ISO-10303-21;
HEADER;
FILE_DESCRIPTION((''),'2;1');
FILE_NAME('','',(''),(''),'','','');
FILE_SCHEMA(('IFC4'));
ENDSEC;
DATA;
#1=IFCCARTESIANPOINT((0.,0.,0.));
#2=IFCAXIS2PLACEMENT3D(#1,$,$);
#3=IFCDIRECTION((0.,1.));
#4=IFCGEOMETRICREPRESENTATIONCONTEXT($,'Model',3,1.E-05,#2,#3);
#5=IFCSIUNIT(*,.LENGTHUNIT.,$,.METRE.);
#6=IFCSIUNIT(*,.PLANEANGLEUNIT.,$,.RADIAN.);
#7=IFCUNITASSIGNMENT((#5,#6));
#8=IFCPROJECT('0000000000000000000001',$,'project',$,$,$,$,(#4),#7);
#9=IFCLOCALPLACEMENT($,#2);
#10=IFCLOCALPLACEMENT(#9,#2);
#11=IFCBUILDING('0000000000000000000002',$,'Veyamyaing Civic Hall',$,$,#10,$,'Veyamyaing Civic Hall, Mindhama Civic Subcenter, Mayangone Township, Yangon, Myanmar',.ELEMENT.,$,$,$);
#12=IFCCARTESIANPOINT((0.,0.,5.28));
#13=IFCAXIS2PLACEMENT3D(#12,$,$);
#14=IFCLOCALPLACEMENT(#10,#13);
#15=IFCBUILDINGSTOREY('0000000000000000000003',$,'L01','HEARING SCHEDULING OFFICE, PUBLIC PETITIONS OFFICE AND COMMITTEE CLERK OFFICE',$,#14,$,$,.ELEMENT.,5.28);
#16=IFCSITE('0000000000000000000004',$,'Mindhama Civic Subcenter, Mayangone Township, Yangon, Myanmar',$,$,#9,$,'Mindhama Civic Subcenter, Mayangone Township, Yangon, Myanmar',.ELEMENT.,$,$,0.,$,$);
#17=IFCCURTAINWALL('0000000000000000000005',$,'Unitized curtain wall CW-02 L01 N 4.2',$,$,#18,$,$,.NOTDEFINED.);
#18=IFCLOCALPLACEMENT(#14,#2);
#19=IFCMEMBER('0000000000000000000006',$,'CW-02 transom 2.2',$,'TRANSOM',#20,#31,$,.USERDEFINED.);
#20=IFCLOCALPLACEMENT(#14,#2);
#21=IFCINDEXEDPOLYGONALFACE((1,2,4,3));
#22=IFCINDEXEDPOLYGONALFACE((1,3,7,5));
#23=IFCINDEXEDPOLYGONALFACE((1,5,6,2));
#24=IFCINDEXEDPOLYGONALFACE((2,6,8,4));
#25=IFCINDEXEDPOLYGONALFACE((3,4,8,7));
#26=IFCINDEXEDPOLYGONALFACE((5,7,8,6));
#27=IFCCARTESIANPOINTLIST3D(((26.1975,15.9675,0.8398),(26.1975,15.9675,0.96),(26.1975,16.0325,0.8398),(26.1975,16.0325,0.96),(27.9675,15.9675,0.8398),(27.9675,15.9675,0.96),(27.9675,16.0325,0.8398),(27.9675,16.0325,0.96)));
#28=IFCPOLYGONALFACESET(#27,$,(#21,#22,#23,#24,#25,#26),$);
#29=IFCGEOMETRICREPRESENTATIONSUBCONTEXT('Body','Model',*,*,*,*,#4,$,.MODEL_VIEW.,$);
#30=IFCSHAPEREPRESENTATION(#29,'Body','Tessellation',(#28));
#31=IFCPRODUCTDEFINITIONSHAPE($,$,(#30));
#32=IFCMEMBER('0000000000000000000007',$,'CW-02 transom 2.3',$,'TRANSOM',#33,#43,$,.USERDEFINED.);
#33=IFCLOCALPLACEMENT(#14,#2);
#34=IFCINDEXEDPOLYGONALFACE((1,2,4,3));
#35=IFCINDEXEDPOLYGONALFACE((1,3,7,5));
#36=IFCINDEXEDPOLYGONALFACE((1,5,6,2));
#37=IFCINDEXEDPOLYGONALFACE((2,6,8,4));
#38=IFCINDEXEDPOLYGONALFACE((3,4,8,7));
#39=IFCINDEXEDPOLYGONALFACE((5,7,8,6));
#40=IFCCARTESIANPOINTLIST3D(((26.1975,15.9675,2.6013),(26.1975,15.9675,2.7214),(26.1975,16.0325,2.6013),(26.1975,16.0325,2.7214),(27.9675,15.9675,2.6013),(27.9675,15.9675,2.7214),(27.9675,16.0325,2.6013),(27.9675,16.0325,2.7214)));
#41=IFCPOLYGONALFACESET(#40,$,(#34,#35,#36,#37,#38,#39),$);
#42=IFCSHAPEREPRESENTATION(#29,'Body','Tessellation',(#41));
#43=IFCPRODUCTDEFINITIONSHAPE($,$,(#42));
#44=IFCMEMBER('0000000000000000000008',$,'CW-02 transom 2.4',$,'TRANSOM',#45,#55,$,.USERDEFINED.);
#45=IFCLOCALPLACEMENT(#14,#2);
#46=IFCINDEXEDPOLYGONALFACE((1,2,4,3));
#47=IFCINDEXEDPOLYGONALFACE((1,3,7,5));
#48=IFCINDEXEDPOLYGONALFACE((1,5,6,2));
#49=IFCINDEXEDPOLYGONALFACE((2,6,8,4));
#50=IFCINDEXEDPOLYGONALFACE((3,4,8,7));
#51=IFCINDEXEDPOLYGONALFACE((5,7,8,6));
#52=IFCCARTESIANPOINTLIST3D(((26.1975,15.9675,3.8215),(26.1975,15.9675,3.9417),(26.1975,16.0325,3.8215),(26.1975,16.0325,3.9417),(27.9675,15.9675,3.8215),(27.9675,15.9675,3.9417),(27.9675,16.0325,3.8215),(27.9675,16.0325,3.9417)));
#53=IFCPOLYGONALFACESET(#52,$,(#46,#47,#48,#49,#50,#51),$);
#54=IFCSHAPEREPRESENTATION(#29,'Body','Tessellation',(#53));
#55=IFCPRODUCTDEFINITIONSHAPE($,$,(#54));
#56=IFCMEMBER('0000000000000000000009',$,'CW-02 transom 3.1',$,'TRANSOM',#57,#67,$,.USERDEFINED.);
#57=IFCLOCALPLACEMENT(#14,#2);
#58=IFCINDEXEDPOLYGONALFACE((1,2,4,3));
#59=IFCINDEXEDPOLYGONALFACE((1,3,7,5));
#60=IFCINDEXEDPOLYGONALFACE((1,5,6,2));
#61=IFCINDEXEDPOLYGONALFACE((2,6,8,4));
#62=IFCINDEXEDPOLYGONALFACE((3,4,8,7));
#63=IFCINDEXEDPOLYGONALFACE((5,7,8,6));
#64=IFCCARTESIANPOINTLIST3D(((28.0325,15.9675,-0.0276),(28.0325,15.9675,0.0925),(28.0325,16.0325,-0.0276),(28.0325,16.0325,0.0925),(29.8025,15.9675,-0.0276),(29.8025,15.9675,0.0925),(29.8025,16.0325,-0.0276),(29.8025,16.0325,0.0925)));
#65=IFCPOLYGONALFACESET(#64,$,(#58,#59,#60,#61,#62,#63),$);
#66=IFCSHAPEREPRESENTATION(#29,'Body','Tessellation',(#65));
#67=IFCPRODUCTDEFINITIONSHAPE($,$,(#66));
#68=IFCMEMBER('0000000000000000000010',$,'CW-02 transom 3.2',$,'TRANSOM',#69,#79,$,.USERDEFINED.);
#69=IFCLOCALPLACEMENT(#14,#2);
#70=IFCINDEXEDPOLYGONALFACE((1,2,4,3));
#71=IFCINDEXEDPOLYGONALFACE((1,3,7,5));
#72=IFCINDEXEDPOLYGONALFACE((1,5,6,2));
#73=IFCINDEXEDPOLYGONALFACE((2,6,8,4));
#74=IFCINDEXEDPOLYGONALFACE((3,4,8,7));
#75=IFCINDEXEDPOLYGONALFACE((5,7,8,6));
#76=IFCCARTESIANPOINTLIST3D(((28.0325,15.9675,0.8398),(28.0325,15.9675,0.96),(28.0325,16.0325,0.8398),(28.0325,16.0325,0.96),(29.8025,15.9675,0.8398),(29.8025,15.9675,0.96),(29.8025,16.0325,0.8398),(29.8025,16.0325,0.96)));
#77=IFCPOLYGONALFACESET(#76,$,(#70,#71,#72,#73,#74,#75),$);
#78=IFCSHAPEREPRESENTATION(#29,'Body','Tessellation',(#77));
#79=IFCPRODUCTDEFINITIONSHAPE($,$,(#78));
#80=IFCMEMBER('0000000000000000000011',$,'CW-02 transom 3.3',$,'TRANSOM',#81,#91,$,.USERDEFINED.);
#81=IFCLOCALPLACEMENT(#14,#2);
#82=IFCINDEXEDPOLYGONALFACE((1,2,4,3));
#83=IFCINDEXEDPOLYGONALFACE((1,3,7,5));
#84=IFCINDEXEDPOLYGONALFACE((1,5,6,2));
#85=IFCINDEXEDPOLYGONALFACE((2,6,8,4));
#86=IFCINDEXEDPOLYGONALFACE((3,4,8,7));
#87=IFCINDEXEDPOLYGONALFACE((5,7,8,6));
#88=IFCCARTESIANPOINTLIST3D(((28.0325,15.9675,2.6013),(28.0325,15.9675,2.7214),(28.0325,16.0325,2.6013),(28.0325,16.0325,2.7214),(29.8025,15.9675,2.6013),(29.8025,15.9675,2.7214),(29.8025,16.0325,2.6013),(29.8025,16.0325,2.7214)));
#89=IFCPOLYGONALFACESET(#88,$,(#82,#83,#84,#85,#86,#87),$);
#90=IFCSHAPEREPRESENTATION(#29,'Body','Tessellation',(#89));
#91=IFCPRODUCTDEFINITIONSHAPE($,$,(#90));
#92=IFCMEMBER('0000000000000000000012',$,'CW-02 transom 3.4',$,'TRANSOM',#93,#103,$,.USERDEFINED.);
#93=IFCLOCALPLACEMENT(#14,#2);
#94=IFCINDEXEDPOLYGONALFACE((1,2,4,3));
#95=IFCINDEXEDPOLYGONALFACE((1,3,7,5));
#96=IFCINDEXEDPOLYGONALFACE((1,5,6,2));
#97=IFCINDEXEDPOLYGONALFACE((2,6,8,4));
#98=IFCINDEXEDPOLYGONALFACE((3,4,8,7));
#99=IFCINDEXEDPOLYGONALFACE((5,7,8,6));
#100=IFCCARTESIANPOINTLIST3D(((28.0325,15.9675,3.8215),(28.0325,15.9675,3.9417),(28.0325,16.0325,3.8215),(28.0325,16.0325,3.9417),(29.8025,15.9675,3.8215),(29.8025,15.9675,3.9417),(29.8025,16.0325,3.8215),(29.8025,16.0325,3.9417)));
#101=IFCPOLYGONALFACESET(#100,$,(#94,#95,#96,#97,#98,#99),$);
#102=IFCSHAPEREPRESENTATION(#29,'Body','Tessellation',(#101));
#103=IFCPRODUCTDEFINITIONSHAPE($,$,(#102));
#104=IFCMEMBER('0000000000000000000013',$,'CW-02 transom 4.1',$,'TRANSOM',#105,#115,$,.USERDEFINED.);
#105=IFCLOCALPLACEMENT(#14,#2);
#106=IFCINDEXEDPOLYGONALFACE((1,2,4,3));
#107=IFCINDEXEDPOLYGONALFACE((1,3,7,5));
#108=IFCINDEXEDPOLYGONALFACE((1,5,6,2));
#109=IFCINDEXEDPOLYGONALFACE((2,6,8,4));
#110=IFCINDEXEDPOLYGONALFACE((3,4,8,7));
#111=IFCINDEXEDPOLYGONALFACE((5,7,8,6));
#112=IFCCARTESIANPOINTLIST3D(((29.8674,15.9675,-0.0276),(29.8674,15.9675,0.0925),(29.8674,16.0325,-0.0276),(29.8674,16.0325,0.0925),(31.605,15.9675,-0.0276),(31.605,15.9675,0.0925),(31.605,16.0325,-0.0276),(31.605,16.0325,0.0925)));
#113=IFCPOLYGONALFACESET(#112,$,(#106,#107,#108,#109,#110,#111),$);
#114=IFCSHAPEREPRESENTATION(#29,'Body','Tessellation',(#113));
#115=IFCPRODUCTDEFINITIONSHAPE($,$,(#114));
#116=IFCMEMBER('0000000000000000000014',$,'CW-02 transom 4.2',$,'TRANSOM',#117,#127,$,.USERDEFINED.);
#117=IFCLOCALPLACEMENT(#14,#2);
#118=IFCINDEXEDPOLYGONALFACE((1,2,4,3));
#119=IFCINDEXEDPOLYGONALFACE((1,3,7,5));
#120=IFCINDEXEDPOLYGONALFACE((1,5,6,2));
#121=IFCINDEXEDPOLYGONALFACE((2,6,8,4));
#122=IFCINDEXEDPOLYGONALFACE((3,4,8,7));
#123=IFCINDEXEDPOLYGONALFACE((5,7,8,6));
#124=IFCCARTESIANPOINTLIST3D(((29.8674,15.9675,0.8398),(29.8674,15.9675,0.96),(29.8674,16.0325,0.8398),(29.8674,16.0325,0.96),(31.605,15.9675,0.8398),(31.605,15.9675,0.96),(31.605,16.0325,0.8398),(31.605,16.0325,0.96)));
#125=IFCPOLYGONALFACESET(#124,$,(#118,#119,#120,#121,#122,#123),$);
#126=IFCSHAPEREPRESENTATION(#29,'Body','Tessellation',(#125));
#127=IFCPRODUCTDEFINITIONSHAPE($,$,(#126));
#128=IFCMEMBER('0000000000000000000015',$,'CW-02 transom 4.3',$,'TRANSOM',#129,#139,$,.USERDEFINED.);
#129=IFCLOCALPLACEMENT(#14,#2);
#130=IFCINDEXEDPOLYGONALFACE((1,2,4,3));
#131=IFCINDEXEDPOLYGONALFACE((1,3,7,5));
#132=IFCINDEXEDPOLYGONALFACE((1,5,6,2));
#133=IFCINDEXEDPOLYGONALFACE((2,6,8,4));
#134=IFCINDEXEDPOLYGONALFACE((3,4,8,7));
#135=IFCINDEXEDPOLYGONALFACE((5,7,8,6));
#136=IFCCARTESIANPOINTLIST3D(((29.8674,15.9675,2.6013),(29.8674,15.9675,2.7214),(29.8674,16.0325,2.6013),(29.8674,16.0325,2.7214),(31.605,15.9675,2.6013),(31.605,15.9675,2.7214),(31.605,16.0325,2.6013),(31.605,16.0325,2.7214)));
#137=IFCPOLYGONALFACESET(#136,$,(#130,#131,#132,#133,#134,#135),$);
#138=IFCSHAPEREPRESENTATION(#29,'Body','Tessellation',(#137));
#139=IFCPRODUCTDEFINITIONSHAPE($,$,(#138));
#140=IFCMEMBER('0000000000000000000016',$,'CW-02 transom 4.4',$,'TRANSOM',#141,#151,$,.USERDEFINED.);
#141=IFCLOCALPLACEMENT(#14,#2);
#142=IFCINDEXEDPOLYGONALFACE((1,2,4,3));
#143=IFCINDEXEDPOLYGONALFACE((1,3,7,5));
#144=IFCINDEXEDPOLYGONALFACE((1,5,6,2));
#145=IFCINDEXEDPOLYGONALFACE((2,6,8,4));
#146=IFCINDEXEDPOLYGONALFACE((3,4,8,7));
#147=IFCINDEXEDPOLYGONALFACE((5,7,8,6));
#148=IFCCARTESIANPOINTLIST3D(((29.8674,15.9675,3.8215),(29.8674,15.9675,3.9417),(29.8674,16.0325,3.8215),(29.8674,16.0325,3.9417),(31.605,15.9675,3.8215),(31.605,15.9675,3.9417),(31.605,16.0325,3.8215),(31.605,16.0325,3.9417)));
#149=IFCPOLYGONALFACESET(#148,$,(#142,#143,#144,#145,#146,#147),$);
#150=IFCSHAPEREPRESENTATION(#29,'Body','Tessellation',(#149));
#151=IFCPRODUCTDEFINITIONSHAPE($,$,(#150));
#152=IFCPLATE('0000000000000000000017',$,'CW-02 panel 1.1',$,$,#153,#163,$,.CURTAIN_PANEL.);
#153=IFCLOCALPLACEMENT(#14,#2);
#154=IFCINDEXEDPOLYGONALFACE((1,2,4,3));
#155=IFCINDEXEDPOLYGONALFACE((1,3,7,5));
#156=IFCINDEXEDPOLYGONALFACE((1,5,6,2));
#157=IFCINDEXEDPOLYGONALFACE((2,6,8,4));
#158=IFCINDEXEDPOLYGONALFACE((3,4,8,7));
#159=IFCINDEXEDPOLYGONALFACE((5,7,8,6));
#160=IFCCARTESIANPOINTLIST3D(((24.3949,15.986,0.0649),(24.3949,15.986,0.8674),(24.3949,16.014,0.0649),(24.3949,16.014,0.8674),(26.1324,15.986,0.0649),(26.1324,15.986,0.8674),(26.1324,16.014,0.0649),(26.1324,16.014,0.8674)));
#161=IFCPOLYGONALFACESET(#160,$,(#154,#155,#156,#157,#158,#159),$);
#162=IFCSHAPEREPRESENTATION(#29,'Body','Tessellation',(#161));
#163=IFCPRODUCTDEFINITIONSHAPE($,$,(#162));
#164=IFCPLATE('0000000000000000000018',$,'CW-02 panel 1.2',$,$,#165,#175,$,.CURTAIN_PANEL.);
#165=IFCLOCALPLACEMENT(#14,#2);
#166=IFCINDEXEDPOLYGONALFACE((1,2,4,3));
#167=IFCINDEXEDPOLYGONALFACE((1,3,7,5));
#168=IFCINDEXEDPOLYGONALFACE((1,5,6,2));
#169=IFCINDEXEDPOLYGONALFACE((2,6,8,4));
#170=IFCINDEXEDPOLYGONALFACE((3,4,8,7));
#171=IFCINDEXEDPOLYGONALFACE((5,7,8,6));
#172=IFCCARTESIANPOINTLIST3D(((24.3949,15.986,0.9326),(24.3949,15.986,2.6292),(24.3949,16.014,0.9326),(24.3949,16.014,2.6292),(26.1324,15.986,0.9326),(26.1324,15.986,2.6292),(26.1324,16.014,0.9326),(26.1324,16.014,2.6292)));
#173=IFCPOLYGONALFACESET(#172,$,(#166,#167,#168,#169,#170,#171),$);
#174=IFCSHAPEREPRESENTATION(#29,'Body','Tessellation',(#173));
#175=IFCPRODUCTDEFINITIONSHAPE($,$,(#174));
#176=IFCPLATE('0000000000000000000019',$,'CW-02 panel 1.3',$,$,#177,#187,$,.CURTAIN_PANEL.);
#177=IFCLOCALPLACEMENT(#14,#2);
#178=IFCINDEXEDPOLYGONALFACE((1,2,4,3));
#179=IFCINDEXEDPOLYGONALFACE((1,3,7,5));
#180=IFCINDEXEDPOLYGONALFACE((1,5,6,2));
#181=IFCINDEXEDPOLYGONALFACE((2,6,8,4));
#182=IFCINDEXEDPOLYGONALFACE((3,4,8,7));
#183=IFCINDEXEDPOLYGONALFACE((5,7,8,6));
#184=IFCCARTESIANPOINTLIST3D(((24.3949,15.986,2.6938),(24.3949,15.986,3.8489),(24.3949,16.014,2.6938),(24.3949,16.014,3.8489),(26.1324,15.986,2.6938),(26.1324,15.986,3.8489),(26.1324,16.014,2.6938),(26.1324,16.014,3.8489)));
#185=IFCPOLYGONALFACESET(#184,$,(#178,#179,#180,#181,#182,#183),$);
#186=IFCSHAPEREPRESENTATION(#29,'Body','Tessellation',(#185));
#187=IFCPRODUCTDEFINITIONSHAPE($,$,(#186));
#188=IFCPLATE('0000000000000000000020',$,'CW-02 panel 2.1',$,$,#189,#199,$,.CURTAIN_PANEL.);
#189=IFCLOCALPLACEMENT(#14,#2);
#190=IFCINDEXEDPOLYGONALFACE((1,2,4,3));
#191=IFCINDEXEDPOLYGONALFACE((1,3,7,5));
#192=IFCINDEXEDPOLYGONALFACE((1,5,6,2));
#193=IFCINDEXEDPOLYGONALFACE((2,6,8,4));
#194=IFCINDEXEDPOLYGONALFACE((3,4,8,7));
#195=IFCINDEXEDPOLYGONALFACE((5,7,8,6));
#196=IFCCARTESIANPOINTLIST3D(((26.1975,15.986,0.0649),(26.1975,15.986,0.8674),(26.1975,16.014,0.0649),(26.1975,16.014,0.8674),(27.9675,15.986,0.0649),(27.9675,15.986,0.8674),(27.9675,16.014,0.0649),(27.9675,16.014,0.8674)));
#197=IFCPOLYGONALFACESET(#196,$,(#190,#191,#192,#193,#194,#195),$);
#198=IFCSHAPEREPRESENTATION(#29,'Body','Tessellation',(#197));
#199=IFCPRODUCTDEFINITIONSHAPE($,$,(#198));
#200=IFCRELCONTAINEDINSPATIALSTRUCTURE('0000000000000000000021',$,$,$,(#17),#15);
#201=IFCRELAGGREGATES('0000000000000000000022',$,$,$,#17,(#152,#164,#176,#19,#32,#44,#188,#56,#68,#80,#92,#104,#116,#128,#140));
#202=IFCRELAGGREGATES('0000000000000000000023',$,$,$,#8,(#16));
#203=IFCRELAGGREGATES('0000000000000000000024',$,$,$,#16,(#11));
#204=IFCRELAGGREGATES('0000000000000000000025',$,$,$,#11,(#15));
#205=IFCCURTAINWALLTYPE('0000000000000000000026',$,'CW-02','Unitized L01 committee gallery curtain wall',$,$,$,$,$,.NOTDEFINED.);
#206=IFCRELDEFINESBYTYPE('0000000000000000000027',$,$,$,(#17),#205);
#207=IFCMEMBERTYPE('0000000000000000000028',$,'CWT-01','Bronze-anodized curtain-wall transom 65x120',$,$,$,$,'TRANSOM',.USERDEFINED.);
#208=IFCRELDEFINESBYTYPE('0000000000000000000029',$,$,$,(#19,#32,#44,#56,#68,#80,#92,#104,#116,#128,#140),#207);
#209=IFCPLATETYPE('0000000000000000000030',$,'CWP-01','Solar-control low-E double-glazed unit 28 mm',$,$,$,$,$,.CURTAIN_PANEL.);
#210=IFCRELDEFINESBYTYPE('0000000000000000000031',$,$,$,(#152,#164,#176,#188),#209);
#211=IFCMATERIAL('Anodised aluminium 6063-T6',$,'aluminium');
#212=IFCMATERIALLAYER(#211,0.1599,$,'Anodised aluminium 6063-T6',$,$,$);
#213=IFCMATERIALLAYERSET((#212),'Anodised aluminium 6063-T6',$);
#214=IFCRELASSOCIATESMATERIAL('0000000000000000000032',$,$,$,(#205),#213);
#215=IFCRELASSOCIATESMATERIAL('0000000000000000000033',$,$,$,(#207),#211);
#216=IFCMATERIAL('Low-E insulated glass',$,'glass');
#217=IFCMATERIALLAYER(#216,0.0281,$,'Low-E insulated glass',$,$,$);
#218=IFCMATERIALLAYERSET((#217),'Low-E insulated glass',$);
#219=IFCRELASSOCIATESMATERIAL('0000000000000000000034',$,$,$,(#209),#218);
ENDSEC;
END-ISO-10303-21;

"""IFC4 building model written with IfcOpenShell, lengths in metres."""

from ifc_helpers import new_model, si_unit, direction, frame, origin, origin_2d, place, context, subcontext, project, spatial, rectangle, extrude, material, layer, layer_set, material_profile, profile_set, type_object, element, aggregate, save


model = new_model("IFC4")

# Units and contexts
model_context = context("Model", 3, precision=1e-05, world=origin(), true_north=direction((0.0, 1.0)))
body_context = subcontext(model_context, "Body", "Model", "MODEL_VIEW")
ifc_project = project(units=[si_unit("LENGTHUNIT", "METRE"), si_unit("PLANEANGLEUNIT", "RADIAN")], contexts=[model_context])

# Site, building, storey
site_placement = place(None, origin())
site = spatial("IfcSite", under=ifc_project, at=site_placement, Name="Mindhama Civic Subcenter, Mayangone Township, Yangon, Myanmar", LongName="Mindhama Civic Subcenter, Mayangone Township, Yangon, Myanmar", CompositionType="ELEMENT", RefElevation=0.0)
building_placement = place(site_placement, origin())
building = spatial("IfcBuilding", under=site, at=building_placement, Name="Veyamyaing Civic Hall", LongName="Veyamyaing Civic Hall, Mindhama Civic Subcenter, Mayangone Township, Yangon, Myanmar", CompositionType="ELEMENT")
storey_placement = place(building_placement, frame((0.0, 0.0, 5.28)))
storey = spatial("IfcBuildingStorey", under=building, at=storey_placement, Name="L01", Description="HEARING SCHEDULING OFFICE, PUBLIC PETITIONS OFFICE AND COMMITTEE CLERK OFFICE", CompositionType="ELEMENT", Elevation=5.28)

# Curtain wall, members, plates
ifc_material_1 = material(Name="Anodised aluminium 6063-T6", Category="aluminium")
ifc_layer_1 = layer(ifc_material_1, 0.1599, Name="Anodised aluminium 6063-T6")
ifc_layer_set_1 = layer_set([ifc_layer_1], Name="Anodised aluminium 6063-T6")
curtain_wall_type = type_object("IfcCurtainWallType", Name="CW-02", Description="Unitized L01 committee gallery curtain wall", PredefinedType="NOTDEFINED", material=ifc_layer_set_1)
curtain_wall_placement = place(storey_placement, origin())
curtain_wall = element("IfcCurtainWall", 1, at=curtain_wall_placement, inside=storey, type_object=curtain_wall_type, Name="Unitized curtain wall CW-02 L01 N 4.2", PredefinedType="NOTDEFINED")
ifc_material_profile_1 = material_profile(ifc_material_1, rectangle(XDim=0.0649, YDim=0.1201, at=origin_2d()), Name="ALU-TRN-65X120")
ifc_profile_set_1 = profile_set([ifc_material_profile_1], Name="Anodised aluminium 6063-T6")
member_type_1 = type_object("IfcMemberType", Name="CWT-01", Description="Bronze-anodized curtain-wall transom 65x120", ElementType="TRANSOM", PredefinedType="USERDEFINED", material=ifc_profile_set_1)
member_1_placement = place(storey_placement, frame((26.1975, 16.0, 0.8999), z_axis=(1.0, 0.0, 0.0), x_axis=(0.0, 1.0, 0.0)))
member_1 = element("IfcMember", 2, at=member_1_placement, type_object=member_type_1, Name="CW-02 transom 2.2", ObjectType="TRANSOM", PredefinedType="USERDEFINED", context=body_context, shape_type="SweptSolid", body=[
    extrude(rectangle(XDim=0.0649, YDim=0.1201, at=origin_2d()), origin(), (0.0, 0.0, 1.0), 1.77),
])
member_2_placement = place(storey_placement, frame((26.1975, 16.0, 2.6614), z_axis=(1.0, 0.0, 0.0), x_axis=(0.0, 1.0, 0.0)))
member_2 = element("IfcMember", 3, at=member_2_placement, type_object=member_type_1, Name="CW-02 transom 2.3", ObjectType="TRANSOM", PredefinedType="USERDEFINED", context=body_context, shape_type="SweptSolid", body=[
    extrude(rectangle(XDim=0.0649, YDim=0.1201, at=origin_2d()), origin(), (0.0, 0.0, 1.0), 1.77),
])
member_3_placement = place(storey_placement, frame((26.1975, 16.0, 3.8816), z_axis=(1.0, 0.0, 0.0), x_axis=(0.0, 1.0, 0.0)))
member_3 = element("IfcMember", 4, at=member_3_placement, type_object=member_type_1, Name="CW-02 transom 2.4", ObjectType="TRANSOM", PredefinedType="USERDEFINED", context=body_context, shape_type="SweptSolid", body=[
    extrude(rectangle(XDim=0.0649, YDim=0.1201, at=origin_2d()), origin(), (0.0, 0.0, 1.0), 1.77),
])
member_4_placement = place(storey_placement, frame((28.0325, 16.0, 0.0325), z_axis=(1.0, 0.0, 0.0), x_axis=(0.0, 1.0, 0.0)))
member_4 = element("IfcMember", 5, at=member_4_placement, type_object=member_type_1, Name="CW-02 transom 3.1", ObjectType="TRANSOM", PredefinedType="USERDEFINED", context=body_context, shape_type="SweptSolid", body=[
    extrude(rectangle(XDim=0.0649, YDim=0.1201, at=origin_2d()), origin(), (0.0, 0.0, 1.0), 1.77),
])
member_5_placement = place(storey_placement, frame((28.0325, 16.0, 0.8999), z_axis=(1.0, 0.0, 0.0), x_axis=(0.0, 1.0, 0.0)))
member_5 = element("IfcMember", 6, at=member_5_placement, type_object=member_type_1, Name="CW-02 transom 3.2", ObjectType="TRANSOM", PredefinedType="USERDEFINED", context=body_context, shape_type="SweptSolid", body=[
    extrude(rectangle(XDim=0.0649, YDim=0.1201, at=origin_2d()), origin(), (0.0, 0.0, 1.0), 1.77),
])
member_6_placement = place(storey_placement, frame((28.0325, 16.0, 2.6614), z_axis=(1.0, 0.0, 0.0), x_axis=(0.0, 1.0, 0.0)))
member_6 = element("IfcMember", 7, at=member_6_placement, type_object=member_type_1, Name="CW-02 transom 3.3", ObjectType="TRANSOM", PredefinedType="USERDEFINED", context=body_context, shape_type="SweptSolid", body=[
    extrude(rectangle(XDim=0.0649, YDim=0.1201, at=origin_2d()), origin(), (0.0, 0.0, 1.0), 1.77),
])
member_7_placement = place(storey_placement, frame((28.0325, 16.0, 3.8816), z_axis=(1.0, 0.0, 0.0), x_axis=(0.0, 1.0, 0.0)))
member_7 = element("IfcMember", 8, at=member_7_placement, type_object=member_type_1, Name="CW-02 transom 3.4", ObjectType="TRANSOM", PredefinedType="USERDEFINED", context=body_context, shape_type="SweptSolid", body=[
    extrude(rectangle(XDim=0.0649, YDim=0.1201, at=origin_2d()), origin(), (0.0, 0.0, 1.0), 1.77),
])
member_8_placement = place(storey_placement, frame((29.8674, 16.0, 0.0325), z_axis=(1.0, 0.0, 0.0), x_axis=(0.0, 1.0, 0.0)))
member_8 = element("IfcMember", 9, at=member_8_placement, type_object=member_type_1, Name="CW-02 transom 4.1", ObjectType="TRANSOM", PredefinedType="USERDEFINED", context=body_context, shape_type="SweptSolid", body=[
    extrude(rectangle(XDim=0.0649, YDim=0.1201, at=origin_2d()), origin(), (0.0, 0.0, 1.0), 1.7375),
])
member_9_placement = place(storey_placement, frame((29.8674, 16.0, 0.8999), z_axis=(1.0, 0.0, 0.0), x_axis=(0.0, 1.0, 0.0)))
member_9 = element("IfcMember", 10, at=member_9_placement, type_object=member_type_1, Name="CW-02 transom 4.2", ObjectType="TRANSOM", PredefinedType="USERDEFINED", context=body_context, shape_type="SweptSolid", body=[
    extrude(rectangle(XDim=0.0649, YDim=0.1201, at=origin_2d()), origin(), (0.0, 0.0, 1.0), 1.7375),
])
member_10_placement = place(storey_placement, frame((29.8674, 16.0, 2.6614), z_axis=(1.0, 0.0, 0.0), x_axis=(0.0, 1.0, 0.0)))
member_10 = element("IfcMember", 11, at=member_10_placement, type_object=member_type_1, Name="CW-02 transom 4.3", ObjectType="TRANSOM", PredefinedType="USERDEFINED", context=body_context, shape_type="SweptSolid", body=[
    extrude(rectangle(XDim=0.0649, YDim=0.1201, at=origin_2d()), origin(), (0.0, 0.0, 1.0), 1.7375),
])
member_11_placement = place(storey_placement, frame((29.8674, 16.0, 3.8816), z_axis=(1.0, 0.0, 0.0), x_axis=(0.0, 1.0, 0.0)))
member_11 = element("IfcMember", 12, at=member_11_placement, type_object=member_type_1, Name="CW-02 transom 4.4", ObjectType="TRANSOM", PredefinedType="USERDEFINED", context=body_context, shape_type="SweptSolid", body=[
    extrude(rectangle(XDim=0.0649, YDim=0.1201, at=origin_2d()), origin(), (0.0, 0.0, 1.0), 1.7375),
])
ifc_material_2 = material(Name="Low-E insulated glass", Category="glass")
ifc_layer_2 = layer(ifc_material_2, 0.0281, Name="Low-E insulated glass")
ifc_layer_set_2 = layer_set([ifc_layer_2], Name="Low-E insulated glass")
plate_type = type_object("IfcPlateType", Name="CWP-01", Description="Solar-control low-E double-glazed unit 28 mm", PredefinedType="CURTAIN_PANEL", material=ifc_layer_set_2)
plate_1_placement = place(storey_placement, frame((25.2637, 16.0, 0.0649), z_axis=(0.0, 0.0, 1.0), x_axis=(1.0, 0.0, 0.0)))
plate_1 = element("IfcPlate", 13, at=plate_1_placement, type_object=plate_type, Name="CW-02 panel 1.1", PredefinedType="CURTAIN_PANEL", context=body_context, shape_type="SweptSolid", body=[
    extrude(rectangle(XDim=1.7375, YDim=0.0281, at=origin_2d()), origin(), (0.0, 0.0, 1.0), 0.8025),
])
plate_2_placement = place(storey_placement, frame((25.2637, 16.0, 0.9326), z_axis=(0.0, 0.0, 1.0), x_axis=(1.0, 0.0, 0.0)))
plate_2 = element("IfcPlate", 14, at=plate_2_placement, type_object=plate_type, Name="CW-02 panel 1.2", PredefinedType="CURTAIN_PANEL", context=body_context, shape_type="SweptSolid", body=[
    extrude(rectangle(XDim=1.7375, YDim=0.0281, at=origin_2d()), origin(), (0.0, 0.0, 1.0), 1.6965),
])
plate_3_placement = place(storey_placement, frame((25.2637, 16.0, 2.6938), z_axis=(0.0, 0.0, 1.0), x_axis=(1.0, 0.0, 0.0)))
plate_3 = element("IfcPlate", 15, at=plate_3_placement, type_object=plate_type, Name="CW-02 panel 1.3", PredefinedType="CURTAIN_PANEL", context=body_context, shape_type="SweptSolid", body=[
    extrude(rectangle(XDim=1.7375, YDim=0.0281, at=origin_2d()), origin(), (0.0, 0.0, 1.0), 1.155),
])
plate_4_placement = place(storey_placement, frame((27.0825, 16.0, 0.0649), z_axis=(0.0, 0.0, 1.0), x_axis=(1.0, 0.0, 0.0)))
plate_4 = element("IfcPlate", 16, at=plate_4_placement, type_object=plate_type, Name="CW-02 panel 2.1", PredefinedType="CURTAIN_PANEL", context=body_context, shape_type="SweptSolid", body=[
    extrude(rectangle(XDim=1.77, YDim=0.0281, at=origin_2d()), origin(), (0.0, 0.0, 1.0), 0.8025),
])
aggregate(curtain_wall, [plate_1, plate_2, plate_3, member_1, member_2, member_3, plate_4, member_4, member_5, member_6, member_7, member_8, member_9, member_10, member_11])

save(model, "model.ifc")
